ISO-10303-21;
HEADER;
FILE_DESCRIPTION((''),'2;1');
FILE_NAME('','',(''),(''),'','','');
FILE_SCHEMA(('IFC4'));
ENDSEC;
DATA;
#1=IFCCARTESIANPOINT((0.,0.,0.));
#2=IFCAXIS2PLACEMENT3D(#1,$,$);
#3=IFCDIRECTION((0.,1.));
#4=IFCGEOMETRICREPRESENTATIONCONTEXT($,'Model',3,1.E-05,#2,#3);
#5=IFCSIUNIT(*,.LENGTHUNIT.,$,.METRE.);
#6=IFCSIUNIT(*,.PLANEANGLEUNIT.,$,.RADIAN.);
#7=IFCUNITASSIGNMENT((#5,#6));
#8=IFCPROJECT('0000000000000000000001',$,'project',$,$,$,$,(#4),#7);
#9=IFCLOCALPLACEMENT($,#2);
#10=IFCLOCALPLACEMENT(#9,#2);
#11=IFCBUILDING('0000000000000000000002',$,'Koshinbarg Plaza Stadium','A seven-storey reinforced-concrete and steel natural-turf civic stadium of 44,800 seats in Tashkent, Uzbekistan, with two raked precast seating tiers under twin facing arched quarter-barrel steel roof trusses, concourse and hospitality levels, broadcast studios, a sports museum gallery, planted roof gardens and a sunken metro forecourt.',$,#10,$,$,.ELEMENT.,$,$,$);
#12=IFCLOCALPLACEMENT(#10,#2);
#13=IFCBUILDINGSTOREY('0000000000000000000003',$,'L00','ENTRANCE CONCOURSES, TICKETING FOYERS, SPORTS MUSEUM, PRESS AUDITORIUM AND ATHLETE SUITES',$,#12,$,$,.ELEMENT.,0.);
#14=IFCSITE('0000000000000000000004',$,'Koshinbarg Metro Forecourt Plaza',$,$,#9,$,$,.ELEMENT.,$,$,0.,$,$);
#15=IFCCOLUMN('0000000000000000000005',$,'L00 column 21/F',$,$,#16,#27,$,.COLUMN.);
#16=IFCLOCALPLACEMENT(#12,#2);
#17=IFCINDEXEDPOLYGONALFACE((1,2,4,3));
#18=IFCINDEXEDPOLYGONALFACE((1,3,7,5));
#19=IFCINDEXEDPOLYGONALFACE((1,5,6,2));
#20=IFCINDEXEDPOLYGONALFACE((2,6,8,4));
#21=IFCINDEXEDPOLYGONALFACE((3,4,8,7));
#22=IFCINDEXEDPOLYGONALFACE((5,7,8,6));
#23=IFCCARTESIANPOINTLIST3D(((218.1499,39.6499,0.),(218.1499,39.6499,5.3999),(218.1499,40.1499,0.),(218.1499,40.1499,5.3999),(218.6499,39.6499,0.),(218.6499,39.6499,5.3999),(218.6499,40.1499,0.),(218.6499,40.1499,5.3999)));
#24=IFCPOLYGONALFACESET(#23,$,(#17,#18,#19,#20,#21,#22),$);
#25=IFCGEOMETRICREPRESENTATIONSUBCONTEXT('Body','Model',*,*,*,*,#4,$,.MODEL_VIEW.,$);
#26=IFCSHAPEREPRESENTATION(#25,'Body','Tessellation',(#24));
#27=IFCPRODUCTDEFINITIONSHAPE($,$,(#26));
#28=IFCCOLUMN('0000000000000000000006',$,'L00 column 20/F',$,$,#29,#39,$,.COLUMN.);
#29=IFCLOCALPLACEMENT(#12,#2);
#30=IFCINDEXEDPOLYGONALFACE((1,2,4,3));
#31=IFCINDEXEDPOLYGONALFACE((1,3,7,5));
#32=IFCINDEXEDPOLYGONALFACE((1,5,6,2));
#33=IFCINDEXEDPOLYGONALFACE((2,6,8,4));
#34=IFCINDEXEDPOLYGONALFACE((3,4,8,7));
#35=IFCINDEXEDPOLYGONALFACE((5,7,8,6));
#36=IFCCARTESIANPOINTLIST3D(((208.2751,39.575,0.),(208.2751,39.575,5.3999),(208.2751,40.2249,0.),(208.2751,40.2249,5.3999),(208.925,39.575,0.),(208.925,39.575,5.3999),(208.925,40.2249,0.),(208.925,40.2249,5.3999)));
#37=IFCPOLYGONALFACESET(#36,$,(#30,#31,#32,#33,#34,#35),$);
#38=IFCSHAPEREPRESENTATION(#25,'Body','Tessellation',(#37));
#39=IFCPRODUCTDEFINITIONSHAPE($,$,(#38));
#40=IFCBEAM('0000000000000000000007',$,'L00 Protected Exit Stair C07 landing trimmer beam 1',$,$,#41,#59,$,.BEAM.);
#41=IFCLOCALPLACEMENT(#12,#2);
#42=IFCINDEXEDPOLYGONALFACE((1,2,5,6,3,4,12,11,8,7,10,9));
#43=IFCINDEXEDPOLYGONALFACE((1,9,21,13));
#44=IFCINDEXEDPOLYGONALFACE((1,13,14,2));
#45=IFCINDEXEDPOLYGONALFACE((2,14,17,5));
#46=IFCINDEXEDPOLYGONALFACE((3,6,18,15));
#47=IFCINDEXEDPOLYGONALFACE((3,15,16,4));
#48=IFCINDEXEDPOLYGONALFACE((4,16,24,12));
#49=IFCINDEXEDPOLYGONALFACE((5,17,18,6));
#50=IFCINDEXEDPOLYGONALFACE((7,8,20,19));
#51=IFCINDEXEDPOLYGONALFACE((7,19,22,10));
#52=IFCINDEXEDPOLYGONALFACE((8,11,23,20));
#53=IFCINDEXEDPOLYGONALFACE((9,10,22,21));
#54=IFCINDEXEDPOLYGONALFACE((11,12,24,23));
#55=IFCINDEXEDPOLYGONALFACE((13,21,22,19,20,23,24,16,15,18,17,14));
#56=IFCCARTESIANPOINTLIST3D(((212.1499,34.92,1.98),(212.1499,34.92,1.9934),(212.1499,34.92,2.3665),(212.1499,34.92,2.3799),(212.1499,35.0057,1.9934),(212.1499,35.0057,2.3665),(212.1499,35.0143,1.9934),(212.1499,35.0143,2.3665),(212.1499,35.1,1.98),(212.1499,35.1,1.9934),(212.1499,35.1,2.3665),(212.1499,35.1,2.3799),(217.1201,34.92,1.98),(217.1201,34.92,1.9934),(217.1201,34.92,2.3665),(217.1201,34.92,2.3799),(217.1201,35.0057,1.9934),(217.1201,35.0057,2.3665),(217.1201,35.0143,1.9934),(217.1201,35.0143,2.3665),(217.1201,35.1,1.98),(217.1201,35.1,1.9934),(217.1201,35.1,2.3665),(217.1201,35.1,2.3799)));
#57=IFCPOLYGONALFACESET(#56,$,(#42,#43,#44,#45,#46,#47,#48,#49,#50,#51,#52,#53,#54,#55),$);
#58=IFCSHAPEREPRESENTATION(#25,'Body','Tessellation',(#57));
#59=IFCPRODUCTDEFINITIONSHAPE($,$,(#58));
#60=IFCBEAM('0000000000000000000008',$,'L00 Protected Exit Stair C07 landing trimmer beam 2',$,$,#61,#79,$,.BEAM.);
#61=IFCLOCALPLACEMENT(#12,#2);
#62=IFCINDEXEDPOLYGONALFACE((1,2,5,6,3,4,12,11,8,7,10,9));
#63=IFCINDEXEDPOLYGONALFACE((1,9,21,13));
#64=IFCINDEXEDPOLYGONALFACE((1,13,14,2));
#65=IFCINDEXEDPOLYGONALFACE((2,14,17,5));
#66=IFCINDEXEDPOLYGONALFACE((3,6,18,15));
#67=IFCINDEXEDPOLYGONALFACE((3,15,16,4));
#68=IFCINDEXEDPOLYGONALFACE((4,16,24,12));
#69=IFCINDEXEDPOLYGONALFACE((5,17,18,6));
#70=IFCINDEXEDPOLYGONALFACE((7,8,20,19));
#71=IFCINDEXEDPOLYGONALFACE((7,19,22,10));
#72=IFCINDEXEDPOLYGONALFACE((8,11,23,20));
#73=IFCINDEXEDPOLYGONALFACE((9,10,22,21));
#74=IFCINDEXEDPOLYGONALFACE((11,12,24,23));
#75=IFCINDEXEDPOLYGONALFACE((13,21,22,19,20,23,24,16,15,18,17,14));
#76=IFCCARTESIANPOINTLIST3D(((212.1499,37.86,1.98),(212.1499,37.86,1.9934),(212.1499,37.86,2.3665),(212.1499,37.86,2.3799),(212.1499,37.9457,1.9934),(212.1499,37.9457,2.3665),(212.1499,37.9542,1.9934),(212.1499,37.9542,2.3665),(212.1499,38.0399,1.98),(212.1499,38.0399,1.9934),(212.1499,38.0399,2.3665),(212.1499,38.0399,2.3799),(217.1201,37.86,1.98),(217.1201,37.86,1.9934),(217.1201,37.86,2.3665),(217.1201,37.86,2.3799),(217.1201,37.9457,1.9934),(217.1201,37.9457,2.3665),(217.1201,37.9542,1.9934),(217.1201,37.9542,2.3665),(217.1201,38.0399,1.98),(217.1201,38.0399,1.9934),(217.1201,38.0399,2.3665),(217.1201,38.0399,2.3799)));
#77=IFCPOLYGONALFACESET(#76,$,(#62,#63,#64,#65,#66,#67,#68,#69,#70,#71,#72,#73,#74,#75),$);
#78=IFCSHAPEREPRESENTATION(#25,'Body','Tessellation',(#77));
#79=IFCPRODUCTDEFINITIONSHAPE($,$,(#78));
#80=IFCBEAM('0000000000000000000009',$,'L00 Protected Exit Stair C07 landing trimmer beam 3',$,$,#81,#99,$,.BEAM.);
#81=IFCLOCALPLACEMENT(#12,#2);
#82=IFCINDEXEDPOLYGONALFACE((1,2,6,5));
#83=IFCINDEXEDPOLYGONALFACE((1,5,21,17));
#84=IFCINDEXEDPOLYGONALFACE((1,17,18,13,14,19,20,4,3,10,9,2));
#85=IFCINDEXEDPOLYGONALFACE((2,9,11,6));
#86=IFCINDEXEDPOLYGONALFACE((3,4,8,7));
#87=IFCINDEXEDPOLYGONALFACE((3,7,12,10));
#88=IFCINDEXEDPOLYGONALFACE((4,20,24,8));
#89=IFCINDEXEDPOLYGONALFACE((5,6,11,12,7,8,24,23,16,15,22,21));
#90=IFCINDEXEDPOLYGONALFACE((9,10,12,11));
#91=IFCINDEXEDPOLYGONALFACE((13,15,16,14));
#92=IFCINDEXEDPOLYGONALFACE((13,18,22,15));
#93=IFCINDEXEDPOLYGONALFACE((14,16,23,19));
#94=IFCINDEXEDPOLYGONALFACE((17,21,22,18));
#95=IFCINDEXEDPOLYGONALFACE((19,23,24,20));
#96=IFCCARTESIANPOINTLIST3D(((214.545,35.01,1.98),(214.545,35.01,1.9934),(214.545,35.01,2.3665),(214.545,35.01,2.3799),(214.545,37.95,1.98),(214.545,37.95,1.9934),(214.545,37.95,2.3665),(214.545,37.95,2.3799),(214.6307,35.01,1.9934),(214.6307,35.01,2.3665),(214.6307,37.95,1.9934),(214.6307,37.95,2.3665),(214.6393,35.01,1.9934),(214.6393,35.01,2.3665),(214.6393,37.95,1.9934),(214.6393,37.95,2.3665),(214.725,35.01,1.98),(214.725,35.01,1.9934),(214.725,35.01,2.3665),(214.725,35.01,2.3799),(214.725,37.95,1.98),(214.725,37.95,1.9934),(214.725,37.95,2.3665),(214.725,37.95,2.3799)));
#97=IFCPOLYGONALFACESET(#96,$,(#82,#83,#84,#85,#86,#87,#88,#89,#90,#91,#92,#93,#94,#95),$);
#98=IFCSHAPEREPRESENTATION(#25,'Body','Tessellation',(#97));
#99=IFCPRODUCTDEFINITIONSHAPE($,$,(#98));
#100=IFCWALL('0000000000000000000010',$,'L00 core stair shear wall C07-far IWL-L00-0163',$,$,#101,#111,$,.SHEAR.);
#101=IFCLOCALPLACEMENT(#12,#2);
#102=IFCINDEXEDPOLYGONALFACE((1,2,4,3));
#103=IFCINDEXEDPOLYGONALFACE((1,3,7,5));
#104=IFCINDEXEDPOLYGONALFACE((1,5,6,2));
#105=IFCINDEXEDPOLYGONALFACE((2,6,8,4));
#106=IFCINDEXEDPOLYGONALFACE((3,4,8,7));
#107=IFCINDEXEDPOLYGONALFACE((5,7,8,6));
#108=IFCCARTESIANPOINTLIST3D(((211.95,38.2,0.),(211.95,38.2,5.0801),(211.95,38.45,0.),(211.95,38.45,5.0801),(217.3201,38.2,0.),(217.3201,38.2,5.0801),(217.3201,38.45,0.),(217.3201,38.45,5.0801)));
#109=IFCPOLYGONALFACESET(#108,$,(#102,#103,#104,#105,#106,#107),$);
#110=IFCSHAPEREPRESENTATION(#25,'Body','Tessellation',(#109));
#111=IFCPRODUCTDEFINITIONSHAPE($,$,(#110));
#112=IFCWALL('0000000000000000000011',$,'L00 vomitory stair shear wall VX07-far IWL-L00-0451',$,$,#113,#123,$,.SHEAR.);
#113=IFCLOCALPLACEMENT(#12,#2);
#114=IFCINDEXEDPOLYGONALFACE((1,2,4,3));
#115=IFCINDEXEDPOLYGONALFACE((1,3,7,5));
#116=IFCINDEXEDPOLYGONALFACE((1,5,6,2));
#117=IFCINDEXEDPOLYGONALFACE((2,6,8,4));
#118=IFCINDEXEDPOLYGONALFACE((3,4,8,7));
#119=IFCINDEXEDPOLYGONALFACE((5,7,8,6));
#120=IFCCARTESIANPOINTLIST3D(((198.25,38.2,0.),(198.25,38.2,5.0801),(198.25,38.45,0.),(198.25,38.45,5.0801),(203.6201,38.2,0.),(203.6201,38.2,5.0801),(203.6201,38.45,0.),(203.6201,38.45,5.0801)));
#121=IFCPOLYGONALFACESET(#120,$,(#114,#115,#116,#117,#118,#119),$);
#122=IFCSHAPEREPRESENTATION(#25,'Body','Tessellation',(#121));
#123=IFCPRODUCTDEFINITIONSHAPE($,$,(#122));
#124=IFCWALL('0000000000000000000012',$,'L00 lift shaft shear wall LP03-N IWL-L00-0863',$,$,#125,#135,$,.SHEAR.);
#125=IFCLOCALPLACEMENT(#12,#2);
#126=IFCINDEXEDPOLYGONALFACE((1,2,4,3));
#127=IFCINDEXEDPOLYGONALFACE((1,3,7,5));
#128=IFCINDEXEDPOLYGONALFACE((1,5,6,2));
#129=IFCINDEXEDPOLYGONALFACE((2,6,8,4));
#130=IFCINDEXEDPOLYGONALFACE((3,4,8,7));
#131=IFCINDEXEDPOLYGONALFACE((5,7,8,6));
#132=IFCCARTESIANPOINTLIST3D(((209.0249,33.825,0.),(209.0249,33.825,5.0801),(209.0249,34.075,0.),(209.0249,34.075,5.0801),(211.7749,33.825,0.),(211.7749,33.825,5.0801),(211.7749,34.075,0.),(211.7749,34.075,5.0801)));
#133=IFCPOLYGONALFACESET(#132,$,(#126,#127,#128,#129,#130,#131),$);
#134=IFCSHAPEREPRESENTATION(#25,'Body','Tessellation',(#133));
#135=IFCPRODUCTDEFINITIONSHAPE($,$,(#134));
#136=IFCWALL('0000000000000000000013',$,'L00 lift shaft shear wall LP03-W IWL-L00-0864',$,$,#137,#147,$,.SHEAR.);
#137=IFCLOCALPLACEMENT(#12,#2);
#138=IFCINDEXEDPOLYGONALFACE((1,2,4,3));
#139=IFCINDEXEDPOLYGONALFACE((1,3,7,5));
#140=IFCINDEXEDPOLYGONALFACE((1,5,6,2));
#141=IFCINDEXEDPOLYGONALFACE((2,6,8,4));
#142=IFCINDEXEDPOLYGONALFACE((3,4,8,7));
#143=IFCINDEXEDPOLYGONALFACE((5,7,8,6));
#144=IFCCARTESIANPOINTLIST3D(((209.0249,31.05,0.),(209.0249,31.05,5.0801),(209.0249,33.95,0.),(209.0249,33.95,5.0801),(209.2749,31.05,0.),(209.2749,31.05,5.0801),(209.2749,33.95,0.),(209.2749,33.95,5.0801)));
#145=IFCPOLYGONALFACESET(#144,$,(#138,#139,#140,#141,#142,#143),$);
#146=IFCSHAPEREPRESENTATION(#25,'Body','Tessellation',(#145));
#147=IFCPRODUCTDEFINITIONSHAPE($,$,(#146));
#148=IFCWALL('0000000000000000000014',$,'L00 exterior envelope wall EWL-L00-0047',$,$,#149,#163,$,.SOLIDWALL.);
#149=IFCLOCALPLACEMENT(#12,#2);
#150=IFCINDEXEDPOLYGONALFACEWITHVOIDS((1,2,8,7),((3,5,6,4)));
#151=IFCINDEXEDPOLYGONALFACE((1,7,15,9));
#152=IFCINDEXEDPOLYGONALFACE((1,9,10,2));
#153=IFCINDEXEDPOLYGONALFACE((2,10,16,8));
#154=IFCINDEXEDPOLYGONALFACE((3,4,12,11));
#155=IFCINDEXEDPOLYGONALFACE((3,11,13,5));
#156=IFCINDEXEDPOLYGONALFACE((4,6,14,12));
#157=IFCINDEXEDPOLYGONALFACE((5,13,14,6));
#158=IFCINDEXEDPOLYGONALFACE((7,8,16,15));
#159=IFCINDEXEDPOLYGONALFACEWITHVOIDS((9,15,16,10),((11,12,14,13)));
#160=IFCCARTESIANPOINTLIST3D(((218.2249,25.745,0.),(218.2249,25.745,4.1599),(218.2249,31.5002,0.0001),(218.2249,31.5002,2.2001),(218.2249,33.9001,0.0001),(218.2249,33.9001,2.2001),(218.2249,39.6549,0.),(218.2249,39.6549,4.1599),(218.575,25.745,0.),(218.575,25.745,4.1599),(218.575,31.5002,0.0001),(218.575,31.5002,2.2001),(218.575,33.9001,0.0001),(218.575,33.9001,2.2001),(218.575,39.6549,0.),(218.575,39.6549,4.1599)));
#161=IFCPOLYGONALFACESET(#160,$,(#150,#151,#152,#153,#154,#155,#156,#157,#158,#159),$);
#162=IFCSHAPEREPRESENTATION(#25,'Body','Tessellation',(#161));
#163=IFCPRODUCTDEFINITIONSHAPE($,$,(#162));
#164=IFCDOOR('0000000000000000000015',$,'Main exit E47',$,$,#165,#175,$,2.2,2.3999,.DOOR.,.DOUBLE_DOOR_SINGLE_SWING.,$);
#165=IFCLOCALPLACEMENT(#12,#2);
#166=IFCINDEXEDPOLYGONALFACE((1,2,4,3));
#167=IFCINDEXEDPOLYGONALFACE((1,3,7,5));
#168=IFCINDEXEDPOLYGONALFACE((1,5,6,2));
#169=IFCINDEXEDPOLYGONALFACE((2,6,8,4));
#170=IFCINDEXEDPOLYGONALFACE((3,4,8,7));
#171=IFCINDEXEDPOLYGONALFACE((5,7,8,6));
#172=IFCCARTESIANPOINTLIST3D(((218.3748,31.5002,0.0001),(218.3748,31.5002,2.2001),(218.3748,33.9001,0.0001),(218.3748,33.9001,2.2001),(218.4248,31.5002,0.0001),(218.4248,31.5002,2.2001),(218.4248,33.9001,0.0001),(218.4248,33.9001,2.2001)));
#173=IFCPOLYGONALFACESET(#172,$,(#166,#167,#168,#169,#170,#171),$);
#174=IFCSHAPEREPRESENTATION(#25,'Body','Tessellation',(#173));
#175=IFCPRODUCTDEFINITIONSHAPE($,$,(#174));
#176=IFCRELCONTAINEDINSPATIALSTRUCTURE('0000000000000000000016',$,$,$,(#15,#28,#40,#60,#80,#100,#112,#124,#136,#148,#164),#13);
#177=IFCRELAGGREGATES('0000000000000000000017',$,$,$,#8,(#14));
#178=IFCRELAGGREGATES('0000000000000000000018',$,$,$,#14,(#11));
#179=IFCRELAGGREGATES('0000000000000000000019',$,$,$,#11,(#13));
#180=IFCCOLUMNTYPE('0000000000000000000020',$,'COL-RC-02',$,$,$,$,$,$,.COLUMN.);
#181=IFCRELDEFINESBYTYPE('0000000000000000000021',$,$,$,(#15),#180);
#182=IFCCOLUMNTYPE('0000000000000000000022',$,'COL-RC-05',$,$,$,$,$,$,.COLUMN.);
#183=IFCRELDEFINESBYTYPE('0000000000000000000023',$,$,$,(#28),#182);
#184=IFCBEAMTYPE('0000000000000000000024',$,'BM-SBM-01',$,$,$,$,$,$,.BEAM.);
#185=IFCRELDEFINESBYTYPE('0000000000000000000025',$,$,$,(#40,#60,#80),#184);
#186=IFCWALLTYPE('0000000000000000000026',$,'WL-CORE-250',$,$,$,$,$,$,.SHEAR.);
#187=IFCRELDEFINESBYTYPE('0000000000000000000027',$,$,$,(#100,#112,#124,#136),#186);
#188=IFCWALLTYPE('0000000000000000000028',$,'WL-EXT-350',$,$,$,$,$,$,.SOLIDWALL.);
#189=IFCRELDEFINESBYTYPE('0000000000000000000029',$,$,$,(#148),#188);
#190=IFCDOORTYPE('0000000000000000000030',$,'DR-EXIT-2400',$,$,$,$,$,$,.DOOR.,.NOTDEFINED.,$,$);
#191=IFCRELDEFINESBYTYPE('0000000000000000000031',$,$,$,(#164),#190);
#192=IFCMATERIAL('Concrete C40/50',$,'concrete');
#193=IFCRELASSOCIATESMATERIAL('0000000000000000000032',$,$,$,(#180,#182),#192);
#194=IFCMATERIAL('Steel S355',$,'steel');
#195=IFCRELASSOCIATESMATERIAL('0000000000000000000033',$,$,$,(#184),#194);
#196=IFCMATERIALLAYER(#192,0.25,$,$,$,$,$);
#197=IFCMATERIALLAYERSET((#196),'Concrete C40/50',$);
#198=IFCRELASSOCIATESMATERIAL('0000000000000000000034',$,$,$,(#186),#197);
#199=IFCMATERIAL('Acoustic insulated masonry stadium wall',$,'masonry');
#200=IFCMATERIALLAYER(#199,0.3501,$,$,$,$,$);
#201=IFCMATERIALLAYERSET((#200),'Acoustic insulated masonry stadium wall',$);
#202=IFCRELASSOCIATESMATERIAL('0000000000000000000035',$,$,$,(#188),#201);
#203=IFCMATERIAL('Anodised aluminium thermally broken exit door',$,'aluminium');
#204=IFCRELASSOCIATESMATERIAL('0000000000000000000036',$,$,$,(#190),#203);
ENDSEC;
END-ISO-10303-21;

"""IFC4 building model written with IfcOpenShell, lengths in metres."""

from ifc_helpers import new_model, si_unit, direction, frame, frame_2d, origin, origin_2d, place, context, subcontext, project, spatial, rectangle, i_section, extrude, material, layer, layer_set, material_profile, profile_set, type_object, element, fill, save


model = new_model("IFC4")

# Units and contexts
model_context = context("Model", 3, precision=1e-05, world=origin(), true_north=direction((0.0, 1.0)))
body_context = subcontext(model_context, "Body", "Model", "MODEL_VIEW")
ifc_project = project(units=[si_unit("LENGTHUNIT", "METRE"), si_unit("PLANEANGLEUNIT", "RADIAN")], contexts=[model_context])

# Site, building, storey
site_placement = place(None, origin())
site = spatial("IfcSite", under=ifc_project, at=site_placement, Name="Koshinbarg Metro Forecourt Plaza", CompositionType="ELEMENT", RefElevation=0.0)
building_placement = place(site_placement, origin())
building = spatial("IfcBuilding", under=site, at=building_placement, Name="Koshinbarg Plaza Stadium", Description="A seven-storey reinforced-concrete and steel natural-turf civic stadium of 44,800 seats in Tashkent, Uzbekistan, with two raked precast seating tiers under twin facing arched quarter-barrel steel roof trusses, concourse and hospitality levels, broadcast studios, a sports museum gallery, planted roof gardens and a sunken metro forecourt.", CompositionType="ELEMENT")
storey_placement = place(building_placement, origin())
storey = spatial("IfcBuildingStorey", under=building, at=storey_placement, Name="L00", Description="ENTRANCE CONCOURSES, TICKETING FOYERS, SPORTS MUSEUM, PRESS AUDITORIUM AND ATHLETE SUITES", CompositionType="ELEMENT", Elevation=0.0)

# Columns
ifc_material_1 = material(Name="Concrete C40/50", Category="concrete")
ifc_material_profile_1 = material_profile(ifc_material_1, rectangle(XDim=0.5, YDim=0.5, at=origin_2d()), Name="RC 500x500")
ifc_profile_set_1 = profile_set([ifc_material_profile_1], Name="Concrete C40/50")
column_type_1 = type_object("IfcColumnType", Name="COL-RC-02", PredefinedType="COLUMN", material=ifc_profile_set_1)
column_1_placement = place(storey_placement, frame((218.3999, 39.8999, 0.0), z_axis=(0.0, 0.0, 1.0), x_axis=(1.0, 0.0, 0.0)))
element("IfcColumn", 1, at=column_1_placement, inside=storey, type_object=column_type_1, Name="L00 column 21/F", PredefinedType="COLUMN", context=body_context, shape_type="SweptSolid", body=[
    extrude(rectangle(XDim=0.5, YDim=0.5, at=origin_2d()), origin(), (0.0, 0.0, 1.0), 5.3999),
])
ifc_material_profile_2 = material_profile(ifc_material_1, rectangle(XDim=0.6499, YDim=0.6499, at=origin_2d()), Name="RC 650x650")
ifc_profile_set_2 = profile_set([ifc_material_profile_2], Name="Concrete C40/50")
column_type_2 = type_object("IfcColumnType", Name="COL-RC-05", PredefinedType="COLUMN", material=ifc_profile_set_2)
column_2_placement = place(storey_placement, frame((208.6001, 39.8999, 0.0), z_axis=(0.0, 0.0, 1.0), x_axis=(1.0, 0.0, 0.0)))
element("IfcColumn", 2, at=column_2_placement, inside=storey, type_object=column_type_2, Name="L00 column 20/F", PredefinedType="COLUMN", context=body_context, shape_type="SweptSolid", body=[
    extrude(rectangle(XDim=0.6499, YDim=0.6499, at=origin_2d()), origin(), (0.0, 0.0, 1.0), 5.3999),
])

# Beams
ifc_material_2 = material(Name="Steel S355", Category="steel")
ifc_material_profile_3 = material_profile(ifc_material_2, i_section(OverallWidth=0.1799, OverallDepth=0.3999, WebThickness=0.0085, FlangeThickness=0.0134, at=origin_2d()), Name="IPE 400")
ifc_profile_set_3 = profile_set([ifc_material_profile_3], Name="Steel S355")
beam_type = type_object("IfcBeamType", Name="BM-SBM-01", PredefinedType="BEAM", material=ifc_profile_set_3)
for number, where, z_axis, x_axis, name in (
    (3, (212.1499, 35.01, 2.1799), (1.0, 0.0, 0.0), (0.0, 1.0, 0.0), "L00 Protected Exit Stair C07 landing trimmer beam 1"),
    (4, (212.1499, 37.95, 2.1799), (1.0, 0.0, 0.0), (0.0, 1.0, 0.0), "L00 Protected Exit Stair C07 landing trimmer beam 2"),
):
    element("IfcBeam", number, at=place(storey_placement, frame(where, z_axis=z_axis, x_axis=x_axis)), inside=storey, type_object=beam_type, Name=name, PredefinedType="BEAM", context=body_context, shape_type="SweptSolid", body=[
        extrude(i_section(OverallWidth=0.1799, OverallDepth=0.3999, WebThickness=0.0085, FlangeThickness=0.0134, at=origin_2d()), origin(), (0.0, 0.0, 1.0), 4.9702),
    ])
beam_placement = place(storey_placement, frame((214.635, 35.01, 2.1799), z_axis=(0.0, 1.0, 0.0), x_axis=(-1.0, 0.0, 0.0)))
element("IfcBeam", 5, at=beam_placement, inside=storey, type_object=beam_type, Name="L00 Protected Exit Stair C07 landing trimmer beam 3", PredefinedType="BEAM", context=body_context, shape_type="SweptSolid", body=[
    extrude(i_section(OverallWidth=0.1799, OverallDepth=0.3999, WebThickness=0.0085, FlangeThickness=0.0134, at=origin_2d()), origin(), (0.0, 0.0, 1.0), 2.9399),
])

# Walls
ifc_layer_1 = layer(ifc_material_1, 0.25)
ifc_layer_set_1 = layer_set([ifc_layer_1], Name="Concrete C40/50")
wall_type_1 = type_object("IfcWallType", Name="WL-CORE-250", PredefinedType="SHEAR", material=ifc_layer_set_1)
for number, where, z_axis, x_axis, name in (
    (6, (217.3201, 38.325, 0.0), (0.0, 0.0, 1.0), (-1.0, 0.0, 0.0), "L00 core stair shear wall C07-far IWL-L00-0163"),
    (7, (203.6201, 38.325, 0.0), (0.0, 0.0, 1.0), (-1.0, 0.0, 0.0), "L00 vomitory stair shear wall VX07-far IWL-L00-0451"),
):
    element("IfcWall", number, at=place(storey_placement, frame(where, z_axis=z_axis, x_axis=x_axis)), inside=storey, type_object=wall_type_1, Name=name, PredefinedType="SHEAR", context=body_context, shape_type="SweptSolid", body=[
        extrude(rectangle(XDim=5.3701, YDim=0.25, at=frame_2d((2.6851, 0.0))), origin(), (0.0, 0.0, 1.0), 5.0801),
    ])
wall_1_placement = place(storey_placement, frame((211.7749, 33.95, 0.0), z_axis=(0.0, 0.0, 1.0), x_axis=(-1.0, 0.0, 0.0)))
element("IfcWall", 8, at=wall_1_placement, inside=storey, type_object=wall_type_1, Name="L00 lift shaft shear wall LP03-N IWL-L00-0863", PredefinedType="SHEAR", context=body_context, shape_type="SweptSolid", body=[
    extrude(rectangle(XDim=2.75, YDim=0.25, at=frame_2d((1.375, 0.0))), origin(), (0.0, 0.0, 1.0), 5.0801),
])
wall_2_placement = place(storey_placement, frame((209.1499, 33.95, 0.0), z_axis=(0.0, 0.0, 1.0), x_axis=(0.0, -1.0, 0.0)))
element("IfcWall", 9, at=wall_2_placement, inside=storey, type_object=wall_type_1, Name="L00 lift shaft shear wall LP03-W IWL-L00-0864", PredefinedType="SHEAR", context=body_context, shape_type="SweptSolid", body=[
    extrude(rectangle(XDim=2.8999, YDim=0.25, at=frame_2d((1.45, 0.0))), origin(), (0.0, 0.0, 1.0), 5.0801),
])

# Wall, opening, door
ifc_material_3 = material(Name="Acoustic insulated masonry stadium wall", Category="masonry")
ifc_layer_2 = layer(ifc_material_3, 0.3501)
ifc_layer_set_2 = layer_set([ifc_layer_2], Name="Acoustic insulated masonry stadium wall")
wall_type_2 = type_object("IfcWallType", Name="WL-EXT-350", PredefinedType="SOLIDWALL", material=ifc_layer_set_2)
wall_3_placement = place(storey_placement, frame((218.3999, 39.655, 0.0), z_axis=(0.0, 0.0, 1.0), x_axis=(0.0, -1.0, 0.0)))
wall_3 = element("IfcWall", 10, at=wall_3_placement, inside=storey, type_object=wall_type_2, Name="L00 exterior envelope wall EWL-L00-0047", PredefinedType="SOLIDWALL", context=body_context, shape_type="SweptSolid", body=[
    extrude(rectangle(XDim=13.9099, YDim=0.3501, at=frame_2d((6.9551, 0.0))), origin(), (0.0, 0.0, 1.0), 4.1599),
])
opening_1_placement = place(wall_3_placement, frame((5.7549, 0.0, 0.0)))
opening_1 = element("IfcOpeningElement", 11, at=opening_1_placement, cuts=wall_3, PredefinedType="OPENING", context=body_context, shape_type="SweptSolid", body=[
    extrude(rectangle(XDim=2.3999, YDim=2.2, at=frame_2d((1.2, 1.1001))), frame((0.0, 0.1851, 0.0), z_axis=(0.0, -1.0, 0.0), x_axis=(1.0, 0.0, 0.0)), (0.0, 0.0, 1.0), 0.3701),
])
ifc_material_4 = material(Name="Anodised aluminium thermally broken exit door", Category="aluminium")
door_type_1 = type_object("IfcDoorType", Name="DR-EXIT-2400", OperationType="NOTDEFINED", PredefinedType="DOOR", material=ifc_material_4)
door_1_placement = place(opening_1_placement, origin())
door_1 = element("IfcDoor", 12, at=door_1_placement, inside=storey, type_object=door_type_1, Name="Main exit E47", OperationType="DOUBLE_DOOR_SINGLE_SWING", OverallHeight=2.2, OverallWidth=2.3999, PredefinedType="DOOR", context=body_context, shape_type="SweptSolid", body=[
    extrude(rectangle(XDim=2.3999, YDim=2.2, at=frame_2d((1.2, 1.1001))), frame((0.0, 0.0249, 0.0), z_axis=(0.0, -1.0, 0.0), x_axis=(1.0, 0.0, 0.0)), (0.0, 0.0, 1.0), 0.05),
])
fill(opening_1, door_1)

save(model, "model.ifc")
